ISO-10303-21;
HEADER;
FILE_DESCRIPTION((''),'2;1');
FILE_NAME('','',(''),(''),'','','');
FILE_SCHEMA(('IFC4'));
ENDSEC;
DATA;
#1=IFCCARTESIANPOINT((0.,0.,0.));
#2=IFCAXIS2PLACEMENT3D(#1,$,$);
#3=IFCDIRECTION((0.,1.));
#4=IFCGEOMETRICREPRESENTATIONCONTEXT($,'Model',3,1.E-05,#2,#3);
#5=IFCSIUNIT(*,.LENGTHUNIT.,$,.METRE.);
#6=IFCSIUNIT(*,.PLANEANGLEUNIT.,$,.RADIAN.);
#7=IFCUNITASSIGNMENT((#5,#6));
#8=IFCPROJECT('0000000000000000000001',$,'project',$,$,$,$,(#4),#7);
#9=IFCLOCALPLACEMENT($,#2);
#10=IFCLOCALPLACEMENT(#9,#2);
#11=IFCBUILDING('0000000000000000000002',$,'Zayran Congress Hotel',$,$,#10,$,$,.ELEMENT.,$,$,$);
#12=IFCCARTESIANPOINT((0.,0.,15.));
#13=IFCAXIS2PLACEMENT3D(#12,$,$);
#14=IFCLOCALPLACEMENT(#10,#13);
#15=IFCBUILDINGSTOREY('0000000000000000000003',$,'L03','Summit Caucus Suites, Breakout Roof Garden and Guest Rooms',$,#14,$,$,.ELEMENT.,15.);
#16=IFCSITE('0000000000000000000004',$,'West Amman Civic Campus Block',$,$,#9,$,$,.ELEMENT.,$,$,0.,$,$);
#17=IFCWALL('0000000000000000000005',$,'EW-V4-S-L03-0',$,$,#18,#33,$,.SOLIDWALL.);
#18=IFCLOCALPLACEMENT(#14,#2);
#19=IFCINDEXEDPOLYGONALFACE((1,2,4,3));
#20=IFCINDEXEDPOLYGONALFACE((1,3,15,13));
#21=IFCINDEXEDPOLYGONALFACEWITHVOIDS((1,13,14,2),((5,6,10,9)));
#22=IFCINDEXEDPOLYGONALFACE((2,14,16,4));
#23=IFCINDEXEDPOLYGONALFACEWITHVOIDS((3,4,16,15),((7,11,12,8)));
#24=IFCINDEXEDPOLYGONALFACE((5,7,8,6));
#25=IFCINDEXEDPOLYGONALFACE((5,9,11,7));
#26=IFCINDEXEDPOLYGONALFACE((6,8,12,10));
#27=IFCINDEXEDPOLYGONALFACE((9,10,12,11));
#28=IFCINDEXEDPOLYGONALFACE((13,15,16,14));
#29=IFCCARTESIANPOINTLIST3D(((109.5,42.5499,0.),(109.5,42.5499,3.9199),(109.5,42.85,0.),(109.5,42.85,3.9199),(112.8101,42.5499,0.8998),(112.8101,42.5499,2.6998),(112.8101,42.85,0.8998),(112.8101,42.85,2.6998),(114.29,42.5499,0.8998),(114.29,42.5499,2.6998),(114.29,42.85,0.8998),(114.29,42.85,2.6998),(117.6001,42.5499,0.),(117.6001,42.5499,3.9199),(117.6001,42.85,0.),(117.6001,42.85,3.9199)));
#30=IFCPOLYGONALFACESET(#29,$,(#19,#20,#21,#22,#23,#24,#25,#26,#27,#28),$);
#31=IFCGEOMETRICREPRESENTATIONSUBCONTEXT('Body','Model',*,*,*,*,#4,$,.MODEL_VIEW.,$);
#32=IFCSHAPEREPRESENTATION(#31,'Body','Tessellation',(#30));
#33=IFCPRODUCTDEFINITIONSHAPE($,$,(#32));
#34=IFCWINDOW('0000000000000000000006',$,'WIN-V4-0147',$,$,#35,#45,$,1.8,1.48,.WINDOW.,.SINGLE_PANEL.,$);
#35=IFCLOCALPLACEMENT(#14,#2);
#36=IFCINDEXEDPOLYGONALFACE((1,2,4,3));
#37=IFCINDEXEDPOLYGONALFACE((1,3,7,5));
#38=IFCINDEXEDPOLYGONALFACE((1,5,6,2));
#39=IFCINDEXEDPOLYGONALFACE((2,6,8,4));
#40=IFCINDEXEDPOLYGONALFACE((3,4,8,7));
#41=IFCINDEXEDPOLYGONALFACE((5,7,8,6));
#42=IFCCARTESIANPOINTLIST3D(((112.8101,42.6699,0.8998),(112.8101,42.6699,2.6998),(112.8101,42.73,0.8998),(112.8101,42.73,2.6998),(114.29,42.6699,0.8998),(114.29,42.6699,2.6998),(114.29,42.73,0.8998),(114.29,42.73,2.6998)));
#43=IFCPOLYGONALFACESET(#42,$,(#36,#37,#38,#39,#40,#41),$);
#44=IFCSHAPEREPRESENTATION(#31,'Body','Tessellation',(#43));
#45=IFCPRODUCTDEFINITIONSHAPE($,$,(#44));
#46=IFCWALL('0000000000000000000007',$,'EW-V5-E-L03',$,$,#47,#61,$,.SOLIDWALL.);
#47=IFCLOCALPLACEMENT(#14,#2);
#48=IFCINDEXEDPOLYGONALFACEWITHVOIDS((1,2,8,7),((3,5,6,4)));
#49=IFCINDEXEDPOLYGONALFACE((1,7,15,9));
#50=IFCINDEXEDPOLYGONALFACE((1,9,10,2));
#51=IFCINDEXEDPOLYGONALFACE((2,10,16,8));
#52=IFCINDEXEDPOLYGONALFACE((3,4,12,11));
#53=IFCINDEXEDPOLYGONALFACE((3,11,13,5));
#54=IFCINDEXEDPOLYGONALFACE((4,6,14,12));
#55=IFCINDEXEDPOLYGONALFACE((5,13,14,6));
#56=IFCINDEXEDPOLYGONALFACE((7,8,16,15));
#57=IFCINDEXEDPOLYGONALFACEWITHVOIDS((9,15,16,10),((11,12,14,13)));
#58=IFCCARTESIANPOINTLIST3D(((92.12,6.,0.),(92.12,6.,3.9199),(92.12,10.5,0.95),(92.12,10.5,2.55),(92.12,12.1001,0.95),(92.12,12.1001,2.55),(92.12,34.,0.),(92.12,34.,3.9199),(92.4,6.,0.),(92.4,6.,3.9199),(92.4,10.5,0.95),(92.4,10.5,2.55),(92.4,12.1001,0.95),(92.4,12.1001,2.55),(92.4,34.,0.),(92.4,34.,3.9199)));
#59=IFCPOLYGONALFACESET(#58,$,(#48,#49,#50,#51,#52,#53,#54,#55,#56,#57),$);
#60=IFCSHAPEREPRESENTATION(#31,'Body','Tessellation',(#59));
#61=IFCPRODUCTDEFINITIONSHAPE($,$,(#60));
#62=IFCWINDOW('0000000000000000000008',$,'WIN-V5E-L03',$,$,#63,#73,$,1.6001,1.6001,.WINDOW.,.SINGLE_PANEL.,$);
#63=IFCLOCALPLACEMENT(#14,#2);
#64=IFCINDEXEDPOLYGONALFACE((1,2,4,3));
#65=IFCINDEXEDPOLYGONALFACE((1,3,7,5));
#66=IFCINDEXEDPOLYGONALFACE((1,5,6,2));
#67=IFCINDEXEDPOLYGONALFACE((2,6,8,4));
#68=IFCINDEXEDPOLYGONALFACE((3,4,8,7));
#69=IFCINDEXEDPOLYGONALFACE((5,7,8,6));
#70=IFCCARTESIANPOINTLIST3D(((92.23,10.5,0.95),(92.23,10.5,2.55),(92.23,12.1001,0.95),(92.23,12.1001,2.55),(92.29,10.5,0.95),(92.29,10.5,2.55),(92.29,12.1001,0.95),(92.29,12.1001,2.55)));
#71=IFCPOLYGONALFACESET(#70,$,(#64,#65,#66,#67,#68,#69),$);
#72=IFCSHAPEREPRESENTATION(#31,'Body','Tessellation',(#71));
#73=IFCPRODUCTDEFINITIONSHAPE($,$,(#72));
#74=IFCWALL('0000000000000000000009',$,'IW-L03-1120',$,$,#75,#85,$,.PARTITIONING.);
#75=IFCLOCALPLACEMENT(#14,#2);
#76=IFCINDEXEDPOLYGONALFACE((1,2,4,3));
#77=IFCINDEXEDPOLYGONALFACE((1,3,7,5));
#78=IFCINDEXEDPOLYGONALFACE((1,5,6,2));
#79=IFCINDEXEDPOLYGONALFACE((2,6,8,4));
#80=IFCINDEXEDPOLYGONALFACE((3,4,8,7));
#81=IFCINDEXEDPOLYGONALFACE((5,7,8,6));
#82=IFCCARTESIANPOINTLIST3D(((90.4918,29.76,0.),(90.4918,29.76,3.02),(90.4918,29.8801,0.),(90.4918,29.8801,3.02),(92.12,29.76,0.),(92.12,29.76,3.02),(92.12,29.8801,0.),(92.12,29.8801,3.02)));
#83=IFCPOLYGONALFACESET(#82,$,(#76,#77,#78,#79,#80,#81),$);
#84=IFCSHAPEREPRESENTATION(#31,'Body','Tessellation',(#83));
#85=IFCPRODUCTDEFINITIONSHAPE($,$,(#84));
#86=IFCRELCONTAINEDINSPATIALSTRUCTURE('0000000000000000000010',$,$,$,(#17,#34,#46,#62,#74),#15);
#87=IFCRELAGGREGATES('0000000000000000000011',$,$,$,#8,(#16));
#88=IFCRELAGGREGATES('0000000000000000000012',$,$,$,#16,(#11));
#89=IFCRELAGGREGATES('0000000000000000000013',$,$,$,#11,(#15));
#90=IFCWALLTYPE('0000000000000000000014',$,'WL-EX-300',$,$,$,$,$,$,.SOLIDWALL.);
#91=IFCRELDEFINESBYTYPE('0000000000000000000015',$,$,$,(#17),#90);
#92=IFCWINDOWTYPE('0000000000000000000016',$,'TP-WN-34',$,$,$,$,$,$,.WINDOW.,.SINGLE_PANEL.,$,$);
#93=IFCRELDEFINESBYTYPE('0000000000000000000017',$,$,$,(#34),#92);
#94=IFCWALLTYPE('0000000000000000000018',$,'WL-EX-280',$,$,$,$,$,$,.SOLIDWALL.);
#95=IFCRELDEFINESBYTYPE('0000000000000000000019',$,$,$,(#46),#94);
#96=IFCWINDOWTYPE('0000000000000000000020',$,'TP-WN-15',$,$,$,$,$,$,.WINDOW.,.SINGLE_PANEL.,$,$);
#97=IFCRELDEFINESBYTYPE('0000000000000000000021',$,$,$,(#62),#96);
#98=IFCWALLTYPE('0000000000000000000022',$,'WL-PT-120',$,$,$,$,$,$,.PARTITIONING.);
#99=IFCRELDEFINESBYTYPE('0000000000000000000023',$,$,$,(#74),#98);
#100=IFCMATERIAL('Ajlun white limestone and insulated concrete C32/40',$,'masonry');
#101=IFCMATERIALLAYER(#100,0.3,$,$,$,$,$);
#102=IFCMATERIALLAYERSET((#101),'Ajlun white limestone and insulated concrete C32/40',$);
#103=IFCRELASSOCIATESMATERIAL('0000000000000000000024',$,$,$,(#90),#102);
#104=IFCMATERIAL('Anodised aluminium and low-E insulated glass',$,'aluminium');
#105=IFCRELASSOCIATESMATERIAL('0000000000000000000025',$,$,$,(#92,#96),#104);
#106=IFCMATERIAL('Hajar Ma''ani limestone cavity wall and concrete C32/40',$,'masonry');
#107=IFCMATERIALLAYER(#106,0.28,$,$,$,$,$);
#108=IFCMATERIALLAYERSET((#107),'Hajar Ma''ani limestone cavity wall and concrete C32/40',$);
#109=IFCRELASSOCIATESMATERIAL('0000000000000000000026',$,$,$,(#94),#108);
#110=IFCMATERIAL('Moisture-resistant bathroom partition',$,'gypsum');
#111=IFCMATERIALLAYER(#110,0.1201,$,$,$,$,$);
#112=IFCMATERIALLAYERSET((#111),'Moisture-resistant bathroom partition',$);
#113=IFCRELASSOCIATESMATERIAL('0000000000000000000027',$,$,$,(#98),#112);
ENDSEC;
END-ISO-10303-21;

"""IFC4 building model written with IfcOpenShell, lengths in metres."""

from ifc_helpers import new_model, si_unit, direction, frame, frame_2d, origin, place, context, subcontext, project, spatial, rectangle, extrude, material, layer, layer_set, type_object, element, fill, save


model = new_model("IFC4")

# Units and contexts
model_context = context("Model", 3, precision=1e-05, world=origin(), true_north=direction((0.0, 1.0)))
body_context = subcontext(model_context, "Body", "Model", "MODEL_VIEW")
ifc_project = project(units=[si_unit("LENGTHUNIT", "METRE"), si_unit("PLANEANGLEUNIT", "RADIAN")], contexts=[model_context])

# Site, building, storey
site_placement = place(None, origin())
site = spatial("IfcSite", under=ifc_project, at=site_placement, Name="West Amman Civic Campus Block", CompositionType="ELEMENT", RefElevation=0.0)
building_placement = place(site_placement, origin())
building = spatial("IfcBuilding", under=site, at=building_placement, Name="Zayran Congress Hotel", CompositionType="ELEMENT")
storey_placement = place(building_placement, frame((0.0, 0.0, 15.0)))
storey = spatial("IfcBuildingStorey", under=building, at=storey_placement, Name="L03", Description="Summit Caucus Suites, Breakout Roof Garden and Guest Rooms", CompositionType="ELEMENT", Elevation=15.0)

# Shared definitions
ifc_material_1 = material(Name="Anodised aluminium and low-E insulated glass", Category="aluminium")

# Walls, openings, windows
ifc_material_2 = material(Name="Ajlun white limestone and insulated concrete C32/40", Category="masonry")
ifc_layer_1 = layer(ifc_material_2, 0.3)
ifc_layer_set_1 = layer_set([ifc_layer_1], Name="Ajlun white limestone and insulated concrete C32/40")
wall_type_1 = type_object("IfcWallType", Name="WL-EX-300", PredefinedType="SOLIDWALL", material=ifc_layer_set_1)
wall_1_placement = place(storey_placement, frame((117.6001, 42.7, 0.0), z_axis=(0.0, 0.0, 1.0), x_axis=(-1.0, 0.0, 0.0)))
wall_1 = element("IfcWall", 1, at=wall_1_placement, inside=storey, type_object=wall_type_1, Name="EW-V4-S-L03-0", PredefinedType="SOLIDWALL", context=body_context, shape_type="SweptSolid", body=[
    extrude(rectangle(XDim=8.1001, YDim=0.3, at=frame_2d((4.05, 0.0))), origin(), (0.0, 0.0, 1.0), 3.9199),
])
opening_1_placement = place(wall_1_placement, frame((3.3101, 0.0, 0.8999)))
opening_1 = element("IfcOpeningElement", 2, at=opening_1_placement, cuts=wall_1, PredefinedType="OPENING", context=body_context, shape_type="SweptSolid", body=[
    extrude(rectangle(XDim=1.48, YDim=1.8, at=frame_2d((0.74, 0.8999))), frame((0.0, 0.1599, 0.0), z_axis=(0.0, -1.0, 0.0), x_axis=(1.0, 0.0, 0.0)), (0.0, 0.0, 1.0), 0.3201),
])
window_type_1 = type_object("IfcWindowType", Name="TP-WN-34", PartitioningType="SINGLE_PANEL", PredefinedType="WINDOW", material=ifc_material_1)
window_1_placement = place(opening_1_placement, origin())
window_1 = element("IfcWindow", 3, at=window_1_placement, inside=storey, type_object=window_type_1, Name="WIN-V4-0147", OverallHeight=1.8, OverallWidth=1.48, PartitioningType="SINGLE_PANEL", PredefinedType="WINDOW", context=body_context, shape_type="SweptSolid", body=[
    extrude(rectangle(XDim=1.48, YDim=1.8, at=frame_2d((0.74, 0.8999))), frame((0.0, 0.03, 0.0), z_axis=(0.0, -1.0, 0.0), x_axis=(1.0, 0.0, 0.0)), (0.0, 0.0, 1.0), 0.0601),
])
fill(opening_1, window_1)
ifc_material_3 = material(Name="Hajar Ma'ani limestone cavity wall and concrete C32/40", Category="masonry")
ifc_layer_2 = layer(ifc_material_3, 0.28)
ifc_layer_set_2 = layer_set([ifc_layer_2], Name="Hajar Ma'ani limestone cavity wall and concrete C32/40")
wall_type_2 = type_object("IfcWallType", Name="WL-EX-280", PredefinedType="SOLIDWALL", material=ifc_layer_set_2)
wall_2_placement = place(storey_placement, frame((92.26, 34.0, 0.0), z_axis=(0.0, 0.0, 1.0), x_axis=(0.0, -1.0, 0.0)))
wall_2 = element("IfcWall", 4, at=wall_2_placement, inside=storey, type_object=wall_type_2, Name="EW-V5-E-L03", PredefinedType="SOLIDWALL", context=body_context, shape_type="SweptSolid", body=[
    extrude(rectangle(XDim=28.0, YDim=0.28, at=frame_2d((14.0, 0.0))), origin(), (0.0, 0.0, 1.0), 3.9199),
])
opening_2_placement = place(wall_2_placement, frame((21.8999, 0.0, 0.95)))
opening_2 = element("IfcOpeningElement", 5, at=opening_2_placement, cuts=wall_2, PredefinedType="OPENING", context=body_context, shape_type="SweptSolid", body=[
    extrude(rectangle(XDim=1.6001, YDim=1.6001, at=frame_2d((0.8, 0.8))), frame((0.0, 0.1499, 0.0), z_axis=(0.0, -1.0, 0.0), x_axis=(1.0, 0.0, 0.0)), (0.0, 0.0, 1.0), 0.3),
])
window_type_2 = type_object("IfcWindowType", Name="TP-WN-15", PartitioningType="SINGLE_PANEL", PredefinedType="WINDOW", material=ifc_material_1)
window_2_placement = place(opening_2_placement, origin())
window_2 = element("IfcWindow", 6, at=window_2_placement, inside=storey, type_object=window_type_2, Name="WIN-V5E-L03", OverallHeight=1.6001, OverallWidth=1.6001, PartitioningType="SINGLE_PANEL", PredefinedType="WINDOW", context=body_context, shape_type="SweptSolid", body=[
    extrude(rectangle(XDim=1.6001, YDim=1.6001, at=frame_2d((0.8, 0.8))), frame((0.0, 0.03, 0.0), z_axis=(0.0, -1.0, 0.0), x_axis=(1.0, 0.0, 0.0)), (0.0, 0.0, 1.0), 0.0601),
])
fill(opening_2, window_2)

# Wall
ifc_material_4 = material(Name="Moisture-resistant bathroom partition", Category="gypsum")
ifc_layer_3 = layer(ifc_material_4, 0.1201)
ifc_layer_set_3 = layer_set([ifc_layer_3], Name="Moisture-resistant bathroom partition")
wall_type_3 = type_object("IfcWallType", Name="WL-PT-120", PredefinedType="PARTITIONING", material=ifc_layer_set_3)
wall_3_placement = place(storey_placement, frame((90.4919, 29.8201, 0.0), z_axis=(0.0, 0.0, 1.0), x_axis=(1.0, 0.0, 0.0)))
element("IfcWall", 7, at=wall_3_placement, inside=storey, type_object=wall_type_3, Name="IW-L03-1120", PredefinedType="PARTITIONING", context=body_context, shape_type="SweptSolid", body=[
    extrude(rectangle(XDim=1.6282, YDim=0.1201, at=frame_2d((0.814, 0.0))), origin(), (0.0, 0.0, 1.0), 3.02),
])

save(model, "model.ifc")
